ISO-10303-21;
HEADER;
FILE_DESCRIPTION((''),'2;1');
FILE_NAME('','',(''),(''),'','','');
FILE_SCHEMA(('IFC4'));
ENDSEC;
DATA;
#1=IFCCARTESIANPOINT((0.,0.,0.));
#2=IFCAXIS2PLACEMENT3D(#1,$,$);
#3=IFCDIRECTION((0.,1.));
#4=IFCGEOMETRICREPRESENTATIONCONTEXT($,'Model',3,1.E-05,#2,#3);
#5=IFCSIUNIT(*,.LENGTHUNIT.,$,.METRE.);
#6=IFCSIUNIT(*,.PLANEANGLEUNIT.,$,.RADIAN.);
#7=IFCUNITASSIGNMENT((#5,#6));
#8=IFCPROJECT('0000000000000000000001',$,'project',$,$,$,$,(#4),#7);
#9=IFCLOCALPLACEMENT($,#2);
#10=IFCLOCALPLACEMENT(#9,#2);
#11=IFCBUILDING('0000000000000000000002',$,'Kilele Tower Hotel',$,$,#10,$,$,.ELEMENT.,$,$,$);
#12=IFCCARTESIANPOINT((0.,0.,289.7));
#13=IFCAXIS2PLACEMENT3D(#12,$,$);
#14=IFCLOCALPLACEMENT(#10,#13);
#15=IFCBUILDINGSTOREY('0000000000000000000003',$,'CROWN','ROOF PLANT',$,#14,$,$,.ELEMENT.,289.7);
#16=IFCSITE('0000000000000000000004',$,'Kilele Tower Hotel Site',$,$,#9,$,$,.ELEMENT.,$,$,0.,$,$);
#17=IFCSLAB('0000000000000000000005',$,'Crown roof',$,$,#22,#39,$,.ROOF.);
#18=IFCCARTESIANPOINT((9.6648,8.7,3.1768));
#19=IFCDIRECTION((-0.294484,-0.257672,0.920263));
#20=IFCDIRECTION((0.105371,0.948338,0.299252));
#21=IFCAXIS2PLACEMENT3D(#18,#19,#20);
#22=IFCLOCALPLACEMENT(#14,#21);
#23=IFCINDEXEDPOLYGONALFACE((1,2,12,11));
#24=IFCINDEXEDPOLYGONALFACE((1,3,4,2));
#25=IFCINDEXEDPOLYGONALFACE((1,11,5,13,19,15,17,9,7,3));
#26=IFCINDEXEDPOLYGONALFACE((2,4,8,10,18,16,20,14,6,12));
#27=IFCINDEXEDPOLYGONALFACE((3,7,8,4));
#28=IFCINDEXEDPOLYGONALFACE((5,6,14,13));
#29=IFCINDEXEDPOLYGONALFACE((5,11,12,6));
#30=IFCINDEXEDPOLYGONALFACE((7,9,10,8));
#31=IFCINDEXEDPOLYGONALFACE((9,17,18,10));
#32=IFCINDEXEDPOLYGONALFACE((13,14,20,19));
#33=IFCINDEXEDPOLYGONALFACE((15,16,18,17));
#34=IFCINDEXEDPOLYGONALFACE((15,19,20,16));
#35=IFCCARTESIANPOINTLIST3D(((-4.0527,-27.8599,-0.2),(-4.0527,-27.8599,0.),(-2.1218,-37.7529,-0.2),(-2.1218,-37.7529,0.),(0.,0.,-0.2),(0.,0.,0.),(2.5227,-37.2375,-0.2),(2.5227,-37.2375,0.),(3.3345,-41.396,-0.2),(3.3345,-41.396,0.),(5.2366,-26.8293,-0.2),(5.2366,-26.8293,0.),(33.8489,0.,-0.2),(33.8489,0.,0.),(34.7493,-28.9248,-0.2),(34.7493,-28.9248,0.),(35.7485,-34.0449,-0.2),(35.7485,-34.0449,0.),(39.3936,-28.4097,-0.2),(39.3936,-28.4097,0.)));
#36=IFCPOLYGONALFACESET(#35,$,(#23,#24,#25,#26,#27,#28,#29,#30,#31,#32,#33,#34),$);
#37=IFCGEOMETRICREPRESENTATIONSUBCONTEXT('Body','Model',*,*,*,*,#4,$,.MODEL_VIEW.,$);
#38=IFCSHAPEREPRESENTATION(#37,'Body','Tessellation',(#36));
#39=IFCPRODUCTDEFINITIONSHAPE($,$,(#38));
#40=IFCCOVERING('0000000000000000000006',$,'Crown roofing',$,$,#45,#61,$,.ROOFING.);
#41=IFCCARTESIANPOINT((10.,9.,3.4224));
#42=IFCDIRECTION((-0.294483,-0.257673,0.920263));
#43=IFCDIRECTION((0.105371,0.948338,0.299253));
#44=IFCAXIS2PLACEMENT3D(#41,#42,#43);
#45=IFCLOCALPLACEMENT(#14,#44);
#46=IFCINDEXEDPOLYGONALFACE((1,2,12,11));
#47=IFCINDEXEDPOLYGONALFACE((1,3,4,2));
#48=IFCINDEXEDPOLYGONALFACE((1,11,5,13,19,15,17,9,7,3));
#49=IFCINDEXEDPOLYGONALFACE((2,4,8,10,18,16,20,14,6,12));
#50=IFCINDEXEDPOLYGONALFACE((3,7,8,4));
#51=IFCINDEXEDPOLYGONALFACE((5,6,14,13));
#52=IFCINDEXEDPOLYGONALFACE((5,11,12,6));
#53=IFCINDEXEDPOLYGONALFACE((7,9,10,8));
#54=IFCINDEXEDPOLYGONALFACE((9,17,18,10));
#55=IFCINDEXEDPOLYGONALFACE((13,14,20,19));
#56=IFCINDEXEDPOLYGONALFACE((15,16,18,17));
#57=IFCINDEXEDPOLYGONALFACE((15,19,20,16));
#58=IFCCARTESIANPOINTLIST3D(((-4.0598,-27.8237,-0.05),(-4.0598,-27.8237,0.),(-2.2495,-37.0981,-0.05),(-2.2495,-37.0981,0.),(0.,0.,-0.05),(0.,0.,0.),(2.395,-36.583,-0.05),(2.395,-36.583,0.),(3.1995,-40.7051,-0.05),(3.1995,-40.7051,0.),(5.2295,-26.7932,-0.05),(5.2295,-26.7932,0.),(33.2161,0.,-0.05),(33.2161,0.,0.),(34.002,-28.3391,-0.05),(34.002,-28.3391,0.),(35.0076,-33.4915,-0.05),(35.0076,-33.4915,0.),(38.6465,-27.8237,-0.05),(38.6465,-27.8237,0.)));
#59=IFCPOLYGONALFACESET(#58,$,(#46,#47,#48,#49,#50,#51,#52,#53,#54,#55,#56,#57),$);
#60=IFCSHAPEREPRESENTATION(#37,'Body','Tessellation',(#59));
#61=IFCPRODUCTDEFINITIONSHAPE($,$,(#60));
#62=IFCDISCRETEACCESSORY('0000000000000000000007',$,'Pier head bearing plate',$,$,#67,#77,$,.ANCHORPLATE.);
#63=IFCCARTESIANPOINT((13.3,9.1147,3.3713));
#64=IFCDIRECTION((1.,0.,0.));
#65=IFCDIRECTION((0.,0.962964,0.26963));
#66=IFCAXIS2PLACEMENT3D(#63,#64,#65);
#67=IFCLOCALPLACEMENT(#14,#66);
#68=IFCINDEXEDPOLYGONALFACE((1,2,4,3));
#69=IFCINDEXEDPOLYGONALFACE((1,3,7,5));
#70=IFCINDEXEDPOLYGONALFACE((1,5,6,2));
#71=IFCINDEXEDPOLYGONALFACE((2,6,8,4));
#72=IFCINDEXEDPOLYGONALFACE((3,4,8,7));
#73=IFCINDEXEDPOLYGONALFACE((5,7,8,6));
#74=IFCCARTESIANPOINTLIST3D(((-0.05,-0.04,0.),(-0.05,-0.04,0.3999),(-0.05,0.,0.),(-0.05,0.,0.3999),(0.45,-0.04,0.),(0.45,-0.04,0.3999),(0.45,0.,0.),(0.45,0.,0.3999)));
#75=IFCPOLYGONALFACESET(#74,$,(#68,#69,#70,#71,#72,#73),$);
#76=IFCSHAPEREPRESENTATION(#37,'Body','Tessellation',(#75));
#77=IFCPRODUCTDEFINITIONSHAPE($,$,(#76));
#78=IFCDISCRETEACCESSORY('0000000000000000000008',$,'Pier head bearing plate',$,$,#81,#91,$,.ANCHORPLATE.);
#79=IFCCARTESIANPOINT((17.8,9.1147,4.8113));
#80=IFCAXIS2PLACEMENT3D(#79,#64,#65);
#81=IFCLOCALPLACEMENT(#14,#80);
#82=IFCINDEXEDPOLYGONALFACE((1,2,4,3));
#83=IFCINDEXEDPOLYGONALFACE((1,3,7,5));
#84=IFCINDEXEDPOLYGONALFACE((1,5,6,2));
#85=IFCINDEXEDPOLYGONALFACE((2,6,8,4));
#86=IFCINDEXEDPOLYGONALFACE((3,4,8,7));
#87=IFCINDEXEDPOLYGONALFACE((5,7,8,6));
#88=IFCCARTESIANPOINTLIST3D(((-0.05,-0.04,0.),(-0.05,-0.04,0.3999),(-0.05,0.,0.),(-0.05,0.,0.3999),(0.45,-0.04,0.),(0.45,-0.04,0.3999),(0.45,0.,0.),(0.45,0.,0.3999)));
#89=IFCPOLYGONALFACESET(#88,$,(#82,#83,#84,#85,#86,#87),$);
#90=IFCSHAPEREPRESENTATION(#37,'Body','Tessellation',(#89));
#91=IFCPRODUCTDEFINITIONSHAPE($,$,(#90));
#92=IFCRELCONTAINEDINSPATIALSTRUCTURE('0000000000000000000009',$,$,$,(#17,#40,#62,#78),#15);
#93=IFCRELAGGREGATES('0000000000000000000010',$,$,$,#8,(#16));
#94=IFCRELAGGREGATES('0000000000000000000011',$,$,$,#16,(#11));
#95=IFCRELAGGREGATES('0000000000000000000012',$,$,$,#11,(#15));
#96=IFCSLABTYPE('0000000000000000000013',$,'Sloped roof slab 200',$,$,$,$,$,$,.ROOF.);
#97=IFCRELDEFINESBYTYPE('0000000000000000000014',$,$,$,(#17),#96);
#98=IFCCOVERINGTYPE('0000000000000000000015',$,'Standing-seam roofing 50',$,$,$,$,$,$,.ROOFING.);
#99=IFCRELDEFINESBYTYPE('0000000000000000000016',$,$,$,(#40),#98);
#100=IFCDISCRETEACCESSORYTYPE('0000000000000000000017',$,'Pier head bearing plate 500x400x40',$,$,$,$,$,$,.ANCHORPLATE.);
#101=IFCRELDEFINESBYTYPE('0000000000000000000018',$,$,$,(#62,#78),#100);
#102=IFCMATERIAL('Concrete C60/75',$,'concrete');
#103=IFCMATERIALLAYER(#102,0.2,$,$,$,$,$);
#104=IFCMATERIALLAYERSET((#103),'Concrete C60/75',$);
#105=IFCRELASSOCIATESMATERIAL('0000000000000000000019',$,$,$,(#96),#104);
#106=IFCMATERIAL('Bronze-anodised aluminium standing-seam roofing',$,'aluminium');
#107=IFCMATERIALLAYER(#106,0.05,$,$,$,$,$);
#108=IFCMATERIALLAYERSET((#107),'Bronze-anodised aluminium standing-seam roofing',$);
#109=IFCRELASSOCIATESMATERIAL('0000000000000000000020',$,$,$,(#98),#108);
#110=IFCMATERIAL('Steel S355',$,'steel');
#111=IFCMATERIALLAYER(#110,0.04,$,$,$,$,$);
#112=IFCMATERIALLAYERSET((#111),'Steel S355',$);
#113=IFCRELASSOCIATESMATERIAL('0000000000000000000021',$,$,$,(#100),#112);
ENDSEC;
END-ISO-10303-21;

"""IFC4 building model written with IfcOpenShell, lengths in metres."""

from ifc_helpers import new_model, si_unit, direction, frame, origin, place, context, subcontext, project, spatial, polyline, outline, extrude, source, transform, mapped, material, layer, layer_set, type_object, element, save


model = new_model("IFC4")

# Units and contexts
model_context = context("Model", 3, precision=1e-05, world=origin(), true_north=direction((0.0, 1.0)))
body_context = subcontext(model_context, "Body", "Model", "MODEL_VIEW")
ifc_project = project(units=[si_unit("LENGTHUNIT", "METRE"), si_unit("PLANEANGLEUNIT", "RADIAN")], contexts=[model_context])

# Site, building, storey
site_placement = place(None, origin())
site = spatial("IfcSite", under=ifc_project, at=site_placement, Name="Kilele Tower Hotel Site", CompositionType="ELEMENT", RefElevation=0.0)
building_placement = place(site_placement, origin())
building = spatial("IfcBuilding", under=site, at=building_placement, Name="Kilele Tower Hotel", CompositionType="ELEMENT")
storey_placement = place(building_placement, frame((0.0, 0.0, 289.7)))
storey = spatial("IfcBuildingStorey", under=building, at=storey_placement, Name="CROWN", Description="ROOF PLANT", CompositionType="ELEMENT", Elevation=289.7)

# Slab
ifc_material_1 = material(Name="Concrete C60/75", Category="concrete")
ifc_layer_1 = layer(ifc_material_1, 0.2)
ifc_layer_set_1 = layer_set([ifc_layer_1], Name="Concrete C60/75")
slab_type_1 = type_object("IfcSlabType", Name="Sloped roof slab 200", PredefinedType="ROOF", material=ifc_layer_set_1)
slab_1_placement = place(storey_placement, frame((9.6648, 8.7, 3.1768), z_axis=(-0.294484, -0.257672, 0.920263), x_axis=(0.105371, 0.948338, 0.299252)))
element("IfcSlab", 1, at=slab_1_placement, inside=storey, type_object=slab_type_1, Name="Crown roof", PredefinedType="ROOF", context=body_context, shape_type="SweptSolid", body=[
    extrude(outline(polyline([(0.0, 0.0), (33.8489, 0.0), (39.3936, -28.4097), (34.7493, -28.9248), (35.7485, -34.0449), (3.3345, -41.396), (2.5227, -37.2375), (-2.1218, -37.7529), (-4.0527, -27.8599), (5.2366, -26.8293), (0.0, 0.0)])), origin(), (0.0, 0.0, -1.0), 0.2),
])

# Covering
ifc_material_2 = material(Name="Bronze-anodised aluminium standing-seam roofing", Category="aluminium")
ifc_layer_2 = layer(ifc_material_2, 0.05)
ifc_layer_set_2 = layer_set([ifc_layer_2], Name="Bronze-anodised aluminium standing-seam roofing")
covering_type = type_object("IfcCoveringType", Name="Standing-seam roofing 50", PredefinedType="ROOFING", material=ifc_layer_set_2)
covering_placement = place(storey_placement, frame((10.0, 9.0, 3.4224), z_axis=(-0.294483, -0.257673, 0.920263), x_axis=(0.105371, 0.948338, 0.299253)))
element("IfcCovering", 2, at=covering_placement, inside=storey, type_object=covering_type, Name="Crown roofing", PredefinedType="ROOFING", context=body_context, shape_type="SweptSolid", body=[
    extrude(outline(polyline([(0.0, 0.0), (33.2161, 0.0), (38.6465, -27.8237), (34.002, -28.3391), (35.0076, -33.4915), (3.1995, -40.7051), (2.395, -36.583), (-2.2495, -37.0981), (-4.0598, -27.8237), (5.2295, -26.7932), (0.0, 0.0)])), origin(), (0.0, 0.0, -1.0), 0.05),
])

# Discrete accessories
ifc_material_3 = material(Name="Steel S355", Category="steel")
ifc_layer_3 = layer(ifc_material_3, 0.04)
ifc_layer_set_3 = layer_set([ifc_layer_3], Name="Steel S355")
discrete_accessory_type = type_object("IfcDiscreteAccessoryType", Name="Pier head bearing plate 500x400x40", PredefinedType="ANCHORPLATE", material=ifc_layer_set_3)
shared_shape = source(origin(), body_context, "Body", "SweptSolid", [
    extrude(outline(polyline([(-0.05, -0.04), (0.45, -0.04), (0.45, 0.0), (-0.05, 0.0), (-0.05, -0.04)])), origin(), (0.0, 0.0, 1.0), 0.3999),
])
for number, where, z_axis, x_axis, name in (
    (3, (13.3, 9.1147, 3.3713), (1.0, 0.0, 0.0), (0.0, 0.962964, 0.26963), "Pier head bearing plate"),
    (4, (17.8, 9.1147, 4.8113), (1.0, 0.0, 0.0), (0.0, 0.962964, 0.26963), "Pier head bearing plate"),
):
    element("IfcDiscreteAccessory", number, at=place(storey_placement, frame(where, z_axis=z_axis, x_axis=x_axis)), inside=storey, type_object=discrete_accessory_type, Name=name, PredefinedType="ANCHORPLATE", context=body_context, shape_type="MappedRepresentation", body=[
        mapped(shared_shape, transform((0.0, 0.0, 0.0))),
    ])

save(model, "model.ifc")
